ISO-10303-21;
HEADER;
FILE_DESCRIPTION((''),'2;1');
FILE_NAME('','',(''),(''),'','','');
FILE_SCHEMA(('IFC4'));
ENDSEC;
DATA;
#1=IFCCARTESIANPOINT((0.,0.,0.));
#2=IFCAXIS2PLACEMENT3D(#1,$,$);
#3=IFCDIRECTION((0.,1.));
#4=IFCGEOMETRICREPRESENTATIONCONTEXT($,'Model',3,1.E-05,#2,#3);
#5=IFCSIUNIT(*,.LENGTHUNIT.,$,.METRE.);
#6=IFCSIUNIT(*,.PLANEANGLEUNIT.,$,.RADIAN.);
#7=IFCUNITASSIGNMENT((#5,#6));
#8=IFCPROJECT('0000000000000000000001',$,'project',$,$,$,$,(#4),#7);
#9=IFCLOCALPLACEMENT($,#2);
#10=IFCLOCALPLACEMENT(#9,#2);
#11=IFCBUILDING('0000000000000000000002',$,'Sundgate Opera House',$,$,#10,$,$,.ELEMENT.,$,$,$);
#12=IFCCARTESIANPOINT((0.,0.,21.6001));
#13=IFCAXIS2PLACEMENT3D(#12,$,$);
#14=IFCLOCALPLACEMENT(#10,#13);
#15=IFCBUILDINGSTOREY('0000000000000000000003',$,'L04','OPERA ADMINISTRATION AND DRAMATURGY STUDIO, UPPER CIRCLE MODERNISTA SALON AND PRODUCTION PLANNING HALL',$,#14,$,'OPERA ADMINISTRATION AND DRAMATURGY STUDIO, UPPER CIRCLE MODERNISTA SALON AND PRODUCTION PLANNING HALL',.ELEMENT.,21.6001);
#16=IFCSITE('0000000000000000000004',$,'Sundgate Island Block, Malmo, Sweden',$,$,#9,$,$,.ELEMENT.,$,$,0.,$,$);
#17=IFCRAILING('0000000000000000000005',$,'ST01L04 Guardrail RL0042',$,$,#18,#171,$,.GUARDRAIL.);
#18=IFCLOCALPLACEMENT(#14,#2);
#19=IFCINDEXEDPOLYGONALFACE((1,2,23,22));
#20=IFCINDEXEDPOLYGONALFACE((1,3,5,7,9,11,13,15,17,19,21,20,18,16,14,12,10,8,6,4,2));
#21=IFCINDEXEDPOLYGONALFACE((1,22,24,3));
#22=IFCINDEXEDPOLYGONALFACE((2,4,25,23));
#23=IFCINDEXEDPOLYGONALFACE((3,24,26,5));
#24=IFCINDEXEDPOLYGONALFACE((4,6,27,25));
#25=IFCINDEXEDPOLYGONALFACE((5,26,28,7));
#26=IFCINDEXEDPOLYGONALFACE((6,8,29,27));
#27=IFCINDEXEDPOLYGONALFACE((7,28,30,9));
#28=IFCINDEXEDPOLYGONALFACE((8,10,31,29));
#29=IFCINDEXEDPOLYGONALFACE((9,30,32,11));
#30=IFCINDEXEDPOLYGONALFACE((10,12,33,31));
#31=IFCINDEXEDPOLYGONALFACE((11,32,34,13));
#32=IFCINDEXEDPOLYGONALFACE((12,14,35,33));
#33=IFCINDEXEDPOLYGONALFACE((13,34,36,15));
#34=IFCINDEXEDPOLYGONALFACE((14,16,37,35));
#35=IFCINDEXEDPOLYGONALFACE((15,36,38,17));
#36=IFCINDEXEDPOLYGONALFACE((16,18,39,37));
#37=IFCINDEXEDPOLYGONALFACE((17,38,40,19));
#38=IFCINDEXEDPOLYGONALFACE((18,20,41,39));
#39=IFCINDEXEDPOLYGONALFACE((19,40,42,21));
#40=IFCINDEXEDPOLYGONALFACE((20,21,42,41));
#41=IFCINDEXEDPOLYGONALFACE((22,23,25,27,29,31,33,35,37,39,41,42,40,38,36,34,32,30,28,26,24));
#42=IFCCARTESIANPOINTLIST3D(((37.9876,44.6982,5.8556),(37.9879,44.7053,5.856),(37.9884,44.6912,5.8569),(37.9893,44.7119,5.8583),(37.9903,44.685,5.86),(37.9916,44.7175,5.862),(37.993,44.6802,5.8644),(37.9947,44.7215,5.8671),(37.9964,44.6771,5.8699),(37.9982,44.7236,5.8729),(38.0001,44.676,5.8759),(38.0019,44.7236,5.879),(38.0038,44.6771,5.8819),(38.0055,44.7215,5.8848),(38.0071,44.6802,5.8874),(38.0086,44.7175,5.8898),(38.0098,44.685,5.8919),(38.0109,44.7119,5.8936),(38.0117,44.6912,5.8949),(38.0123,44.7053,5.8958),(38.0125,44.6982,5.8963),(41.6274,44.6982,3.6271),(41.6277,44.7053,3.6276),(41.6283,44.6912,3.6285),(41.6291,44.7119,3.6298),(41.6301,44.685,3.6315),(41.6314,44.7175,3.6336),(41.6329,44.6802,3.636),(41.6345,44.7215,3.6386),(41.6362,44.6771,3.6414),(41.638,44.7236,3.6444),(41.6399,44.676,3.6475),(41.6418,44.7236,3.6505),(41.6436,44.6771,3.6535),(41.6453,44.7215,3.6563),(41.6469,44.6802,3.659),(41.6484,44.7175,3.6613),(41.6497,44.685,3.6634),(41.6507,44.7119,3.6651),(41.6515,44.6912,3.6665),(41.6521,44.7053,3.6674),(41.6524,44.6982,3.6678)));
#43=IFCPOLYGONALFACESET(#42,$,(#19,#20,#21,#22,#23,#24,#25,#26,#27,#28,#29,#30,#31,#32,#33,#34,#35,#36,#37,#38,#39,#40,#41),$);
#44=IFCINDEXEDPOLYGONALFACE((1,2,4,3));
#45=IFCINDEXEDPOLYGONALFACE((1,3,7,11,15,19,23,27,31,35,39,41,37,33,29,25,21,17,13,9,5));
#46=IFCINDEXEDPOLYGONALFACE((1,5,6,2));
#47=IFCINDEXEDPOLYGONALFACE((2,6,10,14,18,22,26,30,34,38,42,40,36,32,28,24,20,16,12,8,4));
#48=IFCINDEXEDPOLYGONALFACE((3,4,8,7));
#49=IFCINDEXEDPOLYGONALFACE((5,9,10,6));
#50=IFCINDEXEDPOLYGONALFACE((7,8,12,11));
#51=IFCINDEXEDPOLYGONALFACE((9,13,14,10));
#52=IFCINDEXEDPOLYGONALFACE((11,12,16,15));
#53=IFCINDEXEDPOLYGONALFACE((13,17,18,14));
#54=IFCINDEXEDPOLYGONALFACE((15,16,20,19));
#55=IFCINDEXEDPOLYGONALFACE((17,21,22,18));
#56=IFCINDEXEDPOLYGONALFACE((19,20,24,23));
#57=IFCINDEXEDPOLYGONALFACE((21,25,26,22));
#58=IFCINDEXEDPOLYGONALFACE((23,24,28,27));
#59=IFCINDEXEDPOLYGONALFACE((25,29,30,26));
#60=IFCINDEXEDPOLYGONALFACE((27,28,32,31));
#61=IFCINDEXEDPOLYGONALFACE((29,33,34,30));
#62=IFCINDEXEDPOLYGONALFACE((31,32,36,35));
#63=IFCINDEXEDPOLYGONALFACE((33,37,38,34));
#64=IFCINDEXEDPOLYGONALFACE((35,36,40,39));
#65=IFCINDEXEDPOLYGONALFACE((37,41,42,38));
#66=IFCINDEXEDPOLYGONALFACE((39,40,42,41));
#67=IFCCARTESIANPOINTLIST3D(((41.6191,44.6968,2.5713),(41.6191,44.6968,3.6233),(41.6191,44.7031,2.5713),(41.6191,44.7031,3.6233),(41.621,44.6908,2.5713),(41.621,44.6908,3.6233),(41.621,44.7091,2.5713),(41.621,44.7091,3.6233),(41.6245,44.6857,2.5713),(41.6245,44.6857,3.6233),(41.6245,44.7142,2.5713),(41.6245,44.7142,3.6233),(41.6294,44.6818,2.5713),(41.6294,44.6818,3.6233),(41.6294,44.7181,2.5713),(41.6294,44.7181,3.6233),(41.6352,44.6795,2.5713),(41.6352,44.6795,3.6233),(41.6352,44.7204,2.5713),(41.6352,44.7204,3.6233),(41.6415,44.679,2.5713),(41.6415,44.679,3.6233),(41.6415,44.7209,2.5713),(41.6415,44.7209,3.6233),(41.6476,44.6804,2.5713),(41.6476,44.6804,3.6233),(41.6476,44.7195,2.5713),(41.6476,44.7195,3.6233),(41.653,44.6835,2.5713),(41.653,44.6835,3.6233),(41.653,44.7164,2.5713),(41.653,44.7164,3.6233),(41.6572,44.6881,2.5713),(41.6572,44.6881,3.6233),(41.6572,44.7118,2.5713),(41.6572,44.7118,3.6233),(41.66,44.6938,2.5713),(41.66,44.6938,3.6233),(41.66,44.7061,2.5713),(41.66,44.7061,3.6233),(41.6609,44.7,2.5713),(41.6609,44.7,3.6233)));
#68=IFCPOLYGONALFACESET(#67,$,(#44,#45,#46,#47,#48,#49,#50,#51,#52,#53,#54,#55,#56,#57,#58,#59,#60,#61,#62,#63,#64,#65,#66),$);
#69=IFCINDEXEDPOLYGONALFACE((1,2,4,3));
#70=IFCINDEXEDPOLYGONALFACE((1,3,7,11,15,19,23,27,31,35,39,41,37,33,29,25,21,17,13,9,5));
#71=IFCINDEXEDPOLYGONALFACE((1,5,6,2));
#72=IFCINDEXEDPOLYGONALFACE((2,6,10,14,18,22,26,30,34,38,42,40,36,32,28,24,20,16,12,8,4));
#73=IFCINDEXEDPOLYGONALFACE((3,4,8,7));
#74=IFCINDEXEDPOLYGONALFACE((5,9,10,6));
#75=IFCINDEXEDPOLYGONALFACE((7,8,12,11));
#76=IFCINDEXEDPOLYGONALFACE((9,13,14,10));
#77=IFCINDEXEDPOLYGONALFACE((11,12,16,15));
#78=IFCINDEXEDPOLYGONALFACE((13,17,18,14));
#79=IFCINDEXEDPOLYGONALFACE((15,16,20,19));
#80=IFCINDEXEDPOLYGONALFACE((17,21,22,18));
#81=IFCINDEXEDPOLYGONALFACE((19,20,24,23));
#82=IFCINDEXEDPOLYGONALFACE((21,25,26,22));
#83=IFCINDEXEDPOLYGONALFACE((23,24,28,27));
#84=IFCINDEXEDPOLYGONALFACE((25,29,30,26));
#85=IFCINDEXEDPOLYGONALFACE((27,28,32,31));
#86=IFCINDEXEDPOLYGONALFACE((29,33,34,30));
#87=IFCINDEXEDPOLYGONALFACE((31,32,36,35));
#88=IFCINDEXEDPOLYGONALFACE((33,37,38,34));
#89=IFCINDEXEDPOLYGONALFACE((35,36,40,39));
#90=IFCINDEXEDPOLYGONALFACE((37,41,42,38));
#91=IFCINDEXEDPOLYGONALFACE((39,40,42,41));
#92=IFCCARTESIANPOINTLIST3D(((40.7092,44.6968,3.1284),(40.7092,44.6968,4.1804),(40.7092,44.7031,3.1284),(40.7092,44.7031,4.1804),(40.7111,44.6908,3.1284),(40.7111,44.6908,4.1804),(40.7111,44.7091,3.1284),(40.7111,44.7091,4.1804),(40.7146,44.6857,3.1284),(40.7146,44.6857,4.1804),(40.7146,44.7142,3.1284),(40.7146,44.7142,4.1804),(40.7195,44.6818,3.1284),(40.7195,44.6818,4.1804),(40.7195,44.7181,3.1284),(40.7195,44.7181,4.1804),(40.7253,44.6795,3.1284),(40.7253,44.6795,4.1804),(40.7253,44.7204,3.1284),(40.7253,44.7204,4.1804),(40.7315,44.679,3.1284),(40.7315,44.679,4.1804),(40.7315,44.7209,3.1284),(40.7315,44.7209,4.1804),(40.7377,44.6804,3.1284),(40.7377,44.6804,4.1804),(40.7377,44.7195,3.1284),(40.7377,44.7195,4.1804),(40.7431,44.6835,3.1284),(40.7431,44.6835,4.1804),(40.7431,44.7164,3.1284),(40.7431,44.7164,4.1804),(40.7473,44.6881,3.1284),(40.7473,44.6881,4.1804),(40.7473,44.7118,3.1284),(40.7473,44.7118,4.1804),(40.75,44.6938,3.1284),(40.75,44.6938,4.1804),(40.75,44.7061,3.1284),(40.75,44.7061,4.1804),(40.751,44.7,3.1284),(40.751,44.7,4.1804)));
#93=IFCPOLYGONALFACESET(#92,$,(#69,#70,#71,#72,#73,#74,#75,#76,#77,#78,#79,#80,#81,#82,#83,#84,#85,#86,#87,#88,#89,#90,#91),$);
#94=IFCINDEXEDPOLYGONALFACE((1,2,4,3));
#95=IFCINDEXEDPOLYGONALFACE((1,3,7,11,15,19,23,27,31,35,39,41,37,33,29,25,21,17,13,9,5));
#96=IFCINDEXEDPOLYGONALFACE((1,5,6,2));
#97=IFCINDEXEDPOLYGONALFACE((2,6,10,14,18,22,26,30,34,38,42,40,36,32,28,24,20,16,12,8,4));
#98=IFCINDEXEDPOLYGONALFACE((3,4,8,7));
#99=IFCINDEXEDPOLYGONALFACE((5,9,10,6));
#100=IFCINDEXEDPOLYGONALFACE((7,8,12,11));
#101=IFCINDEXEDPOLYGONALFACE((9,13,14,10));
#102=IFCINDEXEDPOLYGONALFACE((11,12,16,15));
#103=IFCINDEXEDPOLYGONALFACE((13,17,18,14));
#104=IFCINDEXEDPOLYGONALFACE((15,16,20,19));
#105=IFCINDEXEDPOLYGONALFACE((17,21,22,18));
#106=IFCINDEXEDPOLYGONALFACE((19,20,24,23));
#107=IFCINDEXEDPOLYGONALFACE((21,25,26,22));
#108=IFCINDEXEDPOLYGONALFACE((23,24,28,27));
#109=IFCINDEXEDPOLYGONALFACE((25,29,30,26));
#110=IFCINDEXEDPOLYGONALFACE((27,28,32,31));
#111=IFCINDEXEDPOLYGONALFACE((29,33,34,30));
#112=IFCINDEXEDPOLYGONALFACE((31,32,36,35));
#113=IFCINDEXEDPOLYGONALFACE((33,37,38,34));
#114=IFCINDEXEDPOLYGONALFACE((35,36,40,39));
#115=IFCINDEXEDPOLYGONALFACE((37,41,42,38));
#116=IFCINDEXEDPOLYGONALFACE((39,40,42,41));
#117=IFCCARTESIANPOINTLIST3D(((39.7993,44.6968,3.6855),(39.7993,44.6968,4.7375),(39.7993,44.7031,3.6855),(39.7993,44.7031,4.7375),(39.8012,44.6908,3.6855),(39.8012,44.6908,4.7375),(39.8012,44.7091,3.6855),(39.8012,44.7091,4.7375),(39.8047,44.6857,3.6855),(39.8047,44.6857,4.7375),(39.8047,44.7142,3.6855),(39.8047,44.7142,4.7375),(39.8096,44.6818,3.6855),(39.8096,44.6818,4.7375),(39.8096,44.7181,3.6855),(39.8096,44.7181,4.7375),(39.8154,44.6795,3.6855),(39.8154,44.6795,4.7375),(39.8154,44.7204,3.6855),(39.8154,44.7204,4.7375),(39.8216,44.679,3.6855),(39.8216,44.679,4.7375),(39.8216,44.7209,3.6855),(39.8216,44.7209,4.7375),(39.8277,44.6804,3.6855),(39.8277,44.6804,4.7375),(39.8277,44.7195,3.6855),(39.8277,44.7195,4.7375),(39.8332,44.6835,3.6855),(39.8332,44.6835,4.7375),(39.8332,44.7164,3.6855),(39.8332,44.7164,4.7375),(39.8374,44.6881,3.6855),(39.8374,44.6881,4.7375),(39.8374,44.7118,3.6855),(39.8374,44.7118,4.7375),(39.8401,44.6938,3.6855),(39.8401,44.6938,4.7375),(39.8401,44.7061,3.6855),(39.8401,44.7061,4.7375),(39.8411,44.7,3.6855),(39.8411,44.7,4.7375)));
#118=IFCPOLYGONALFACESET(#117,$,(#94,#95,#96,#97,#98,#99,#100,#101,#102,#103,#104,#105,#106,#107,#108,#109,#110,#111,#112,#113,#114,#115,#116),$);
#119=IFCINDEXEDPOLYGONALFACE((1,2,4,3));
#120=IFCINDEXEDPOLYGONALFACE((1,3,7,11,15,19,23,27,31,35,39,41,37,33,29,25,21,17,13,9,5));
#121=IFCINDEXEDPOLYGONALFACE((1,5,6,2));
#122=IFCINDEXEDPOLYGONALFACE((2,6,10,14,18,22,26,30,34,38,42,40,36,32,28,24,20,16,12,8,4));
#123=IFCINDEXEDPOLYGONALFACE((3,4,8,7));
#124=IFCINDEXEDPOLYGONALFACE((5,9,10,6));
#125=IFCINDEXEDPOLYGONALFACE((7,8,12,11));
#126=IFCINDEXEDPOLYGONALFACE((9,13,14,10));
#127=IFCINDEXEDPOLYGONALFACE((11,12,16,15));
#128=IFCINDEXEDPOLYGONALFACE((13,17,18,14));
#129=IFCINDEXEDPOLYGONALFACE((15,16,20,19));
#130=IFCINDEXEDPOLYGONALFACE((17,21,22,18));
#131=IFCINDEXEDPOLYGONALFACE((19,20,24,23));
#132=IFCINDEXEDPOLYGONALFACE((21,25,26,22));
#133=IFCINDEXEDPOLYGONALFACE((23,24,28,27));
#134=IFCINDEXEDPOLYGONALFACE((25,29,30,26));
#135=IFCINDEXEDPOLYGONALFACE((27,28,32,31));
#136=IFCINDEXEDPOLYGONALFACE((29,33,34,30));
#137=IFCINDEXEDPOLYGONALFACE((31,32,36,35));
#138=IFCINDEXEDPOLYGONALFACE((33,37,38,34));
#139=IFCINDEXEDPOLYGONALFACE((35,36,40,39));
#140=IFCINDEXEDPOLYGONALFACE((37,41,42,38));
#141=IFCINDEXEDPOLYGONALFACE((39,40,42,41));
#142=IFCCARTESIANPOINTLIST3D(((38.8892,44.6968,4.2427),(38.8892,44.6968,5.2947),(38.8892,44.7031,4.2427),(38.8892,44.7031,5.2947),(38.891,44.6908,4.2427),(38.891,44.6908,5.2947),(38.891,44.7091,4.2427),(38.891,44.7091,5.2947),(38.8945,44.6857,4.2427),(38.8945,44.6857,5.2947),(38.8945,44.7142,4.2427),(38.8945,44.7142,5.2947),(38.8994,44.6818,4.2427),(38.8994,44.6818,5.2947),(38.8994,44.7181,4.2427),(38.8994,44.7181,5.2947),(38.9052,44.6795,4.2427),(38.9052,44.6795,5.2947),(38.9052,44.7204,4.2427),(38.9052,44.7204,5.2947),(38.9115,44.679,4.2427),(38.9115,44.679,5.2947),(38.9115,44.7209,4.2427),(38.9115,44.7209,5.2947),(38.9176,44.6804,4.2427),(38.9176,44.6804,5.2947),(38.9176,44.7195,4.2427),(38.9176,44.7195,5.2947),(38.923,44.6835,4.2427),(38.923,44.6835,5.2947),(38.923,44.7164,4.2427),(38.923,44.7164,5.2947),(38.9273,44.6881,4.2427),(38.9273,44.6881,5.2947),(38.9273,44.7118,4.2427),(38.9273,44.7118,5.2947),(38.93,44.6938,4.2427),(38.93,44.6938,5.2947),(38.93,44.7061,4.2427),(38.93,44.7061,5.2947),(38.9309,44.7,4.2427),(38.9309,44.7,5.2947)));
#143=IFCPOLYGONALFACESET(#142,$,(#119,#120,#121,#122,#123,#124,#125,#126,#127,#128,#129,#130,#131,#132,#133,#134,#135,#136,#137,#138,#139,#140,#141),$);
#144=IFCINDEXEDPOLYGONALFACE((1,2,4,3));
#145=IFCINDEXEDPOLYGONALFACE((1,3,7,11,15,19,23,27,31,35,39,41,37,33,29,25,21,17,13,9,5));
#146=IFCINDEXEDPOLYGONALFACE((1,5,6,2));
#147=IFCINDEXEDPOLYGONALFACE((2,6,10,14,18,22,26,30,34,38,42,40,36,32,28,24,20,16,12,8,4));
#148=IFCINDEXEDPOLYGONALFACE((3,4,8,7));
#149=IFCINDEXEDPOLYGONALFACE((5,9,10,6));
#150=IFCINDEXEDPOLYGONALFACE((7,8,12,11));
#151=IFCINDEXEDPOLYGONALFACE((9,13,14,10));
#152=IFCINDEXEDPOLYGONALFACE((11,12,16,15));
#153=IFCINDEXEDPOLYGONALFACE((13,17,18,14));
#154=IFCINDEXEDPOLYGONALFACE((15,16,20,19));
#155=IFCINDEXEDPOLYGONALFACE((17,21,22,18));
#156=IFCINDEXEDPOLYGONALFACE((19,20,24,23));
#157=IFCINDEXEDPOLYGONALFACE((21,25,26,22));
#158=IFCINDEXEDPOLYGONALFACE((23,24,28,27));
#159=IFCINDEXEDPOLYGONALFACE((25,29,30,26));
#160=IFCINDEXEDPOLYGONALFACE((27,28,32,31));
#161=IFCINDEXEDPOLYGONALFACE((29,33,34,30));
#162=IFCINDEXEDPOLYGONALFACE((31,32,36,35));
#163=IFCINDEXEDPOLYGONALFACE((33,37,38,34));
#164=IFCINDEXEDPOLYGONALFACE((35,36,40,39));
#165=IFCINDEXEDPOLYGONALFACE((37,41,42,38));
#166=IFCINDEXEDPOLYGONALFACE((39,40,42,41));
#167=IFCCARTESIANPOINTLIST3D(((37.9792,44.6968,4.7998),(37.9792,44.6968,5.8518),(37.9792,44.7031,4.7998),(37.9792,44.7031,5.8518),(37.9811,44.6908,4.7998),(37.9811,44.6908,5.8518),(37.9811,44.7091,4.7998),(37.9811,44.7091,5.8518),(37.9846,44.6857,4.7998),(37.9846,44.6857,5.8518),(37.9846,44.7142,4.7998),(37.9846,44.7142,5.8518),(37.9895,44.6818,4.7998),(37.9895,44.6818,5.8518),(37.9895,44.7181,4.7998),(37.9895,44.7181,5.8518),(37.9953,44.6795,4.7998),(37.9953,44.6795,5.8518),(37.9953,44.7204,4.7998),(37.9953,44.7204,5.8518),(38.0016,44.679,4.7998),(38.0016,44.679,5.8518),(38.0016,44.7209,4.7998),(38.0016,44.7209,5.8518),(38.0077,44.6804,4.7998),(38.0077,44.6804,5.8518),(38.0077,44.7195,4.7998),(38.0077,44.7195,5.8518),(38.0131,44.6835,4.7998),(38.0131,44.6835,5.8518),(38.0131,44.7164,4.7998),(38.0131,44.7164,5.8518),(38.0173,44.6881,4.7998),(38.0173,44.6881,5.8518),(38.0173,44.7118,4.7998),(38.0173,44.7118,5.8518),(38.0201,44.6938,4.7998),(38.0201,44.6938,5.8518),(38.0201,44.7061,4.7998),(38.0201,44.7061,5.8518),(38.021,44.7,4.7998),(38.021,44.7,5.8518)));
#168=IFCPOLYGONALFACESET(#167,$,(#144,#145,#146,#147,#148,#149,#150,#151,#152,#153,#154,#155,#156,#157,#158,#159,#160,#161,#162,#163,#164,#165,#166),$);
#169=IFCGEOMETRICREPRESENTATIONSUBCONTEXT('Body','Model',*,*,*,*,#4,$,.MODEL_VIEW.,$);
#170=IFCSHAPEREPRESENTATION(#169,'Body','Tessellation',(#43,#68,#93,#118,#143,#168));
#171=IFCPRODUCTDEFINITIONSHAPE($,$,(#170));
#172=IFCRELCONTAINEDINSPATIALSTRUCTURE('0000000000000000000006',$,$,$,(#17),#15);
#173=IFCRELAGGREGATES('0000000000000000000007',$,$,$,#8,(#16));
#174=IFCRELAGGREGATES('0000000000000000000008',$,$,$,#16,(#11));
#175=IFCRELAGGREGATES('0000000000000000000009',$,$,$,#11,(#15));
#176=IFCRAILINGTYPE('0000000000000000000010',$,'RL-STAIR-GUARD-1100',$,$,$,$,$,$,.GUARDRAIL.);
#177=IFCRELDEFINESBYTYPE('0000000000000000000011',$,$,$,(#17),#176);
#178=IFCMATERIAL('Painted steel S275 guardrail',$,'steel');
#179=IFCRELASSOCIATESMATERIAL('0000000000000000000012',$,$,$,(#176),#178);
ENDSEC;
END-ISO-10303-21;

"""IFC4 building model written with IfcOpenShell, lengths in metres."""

from ifc_helpers import new_model, si_unit, direction, frame, origin, origin_2d, place, context, subcontext, project, spatial, circle, extrude, material, type_object, element, save


model = new_model("IFC4")

# Units and contexts
model_context = context("Model", 3, precision=1e-05, world=origin(), true_north=direction((0.0, 1.0)))
body_context = subcontext(model_context, "Body", "Model", "MODEL_VIEW")
ifc_project = project(units=[si_unit("LENGTHUNIT", "METRE"), si_unit("PLANEANGLEUNIT", "RADIAN")], contexts=[model_context])

# Site, building, storey
site_placement = place(None, origin())
site = spatial("IfcSite", under=ifc_project, at=site_placement, Name="Sundgate Island Block, Malmo, Sweden", CompositionType="ELEMENT", RefElevation=0.0)
building_placement = place(site_placement, origin())
building = spatial("IfcBuilding", under=site, at=building_placement, Name="Sundgate Opera House", CompositionType="ELEMENT")
storey_placement = place(building_placement, frame((0.0, 0.0, 21.6001)))
storey = spatial("IfcBuildingStorey", under=building, at=storey_placement, Name="L04", Description="OPERA ADMINISTRATION AND DRAMATURGY STUDIO, UPPER CIRCLE MODERNISTA SALON AND PRODUCTION PLANNING HALL", LongName="OPERA ADMINISTRATION AND DRAMATURGY STUDIO, UPPER CIRCLE MODERNISTA SALON AND PRODUCTION PLANNING HALL", CompositionType="ELEMENT", Elevation=21.6001)

# Railing
ifc_material_1 = material(Name="Painted steel S275 guardrail", Category="steel")
railing_type_1 = type_object("IfcRailingType", Name="RL-STAIR-GUARD-1100", PredefinedType="GUARDRAIL", material=ifc_material_1)
railing_1_placement = place(storey_placement, frame((41.6399, 44.7, 2.5713)))
element("IfcRailing", 1, at=railing_1_placement, inside=storey, type_object=railing_type_1, Name="ST01L04 Guardrail RL0042", PredefinedType="GUARDRAIL", context=body_context, shape_type="SweptSolid", body=[
    extrude(circle(Radius=0.0239, at=origin_2d()), frame((0.0, 0.0, 1.0762), z_axis=(-0.85285, 0.0, 0.522156), x_axis=(0.0, -1.0, 0.0)), (0.0, 0.0, 1.0), 4.2678),
    extrude(circle(Radius=0.021, at=origin_2d()), origin(), (0.0, 0.0, 1.0), 1.052),
    extrude(circle(Radius=0.021, at=origin_2d()), frame((-0.9099, 0.0, 0.5571)), (0.0, 0.0, 1.0), 1.052),
    extrude(circle(Radius=0.021, at=origin_2d()), frame((-1.8198, 0.0, 1.1143)), (0.0, 0.0, 1.0), 1.052),
    extrude(circle(Radius=0.021, at=origin_2d()), frame((-2.73, 0.0, 1.6714)), (0.0, 0.0, 1.0), 1.052),
    extrude(circle(Radius=0.021, at=origin_2d()), frame((-3.6399, 0.0, 2.2285)), (0.0, 0.0, 1.0), 1.052),
])

save(model, "model.ifc")
